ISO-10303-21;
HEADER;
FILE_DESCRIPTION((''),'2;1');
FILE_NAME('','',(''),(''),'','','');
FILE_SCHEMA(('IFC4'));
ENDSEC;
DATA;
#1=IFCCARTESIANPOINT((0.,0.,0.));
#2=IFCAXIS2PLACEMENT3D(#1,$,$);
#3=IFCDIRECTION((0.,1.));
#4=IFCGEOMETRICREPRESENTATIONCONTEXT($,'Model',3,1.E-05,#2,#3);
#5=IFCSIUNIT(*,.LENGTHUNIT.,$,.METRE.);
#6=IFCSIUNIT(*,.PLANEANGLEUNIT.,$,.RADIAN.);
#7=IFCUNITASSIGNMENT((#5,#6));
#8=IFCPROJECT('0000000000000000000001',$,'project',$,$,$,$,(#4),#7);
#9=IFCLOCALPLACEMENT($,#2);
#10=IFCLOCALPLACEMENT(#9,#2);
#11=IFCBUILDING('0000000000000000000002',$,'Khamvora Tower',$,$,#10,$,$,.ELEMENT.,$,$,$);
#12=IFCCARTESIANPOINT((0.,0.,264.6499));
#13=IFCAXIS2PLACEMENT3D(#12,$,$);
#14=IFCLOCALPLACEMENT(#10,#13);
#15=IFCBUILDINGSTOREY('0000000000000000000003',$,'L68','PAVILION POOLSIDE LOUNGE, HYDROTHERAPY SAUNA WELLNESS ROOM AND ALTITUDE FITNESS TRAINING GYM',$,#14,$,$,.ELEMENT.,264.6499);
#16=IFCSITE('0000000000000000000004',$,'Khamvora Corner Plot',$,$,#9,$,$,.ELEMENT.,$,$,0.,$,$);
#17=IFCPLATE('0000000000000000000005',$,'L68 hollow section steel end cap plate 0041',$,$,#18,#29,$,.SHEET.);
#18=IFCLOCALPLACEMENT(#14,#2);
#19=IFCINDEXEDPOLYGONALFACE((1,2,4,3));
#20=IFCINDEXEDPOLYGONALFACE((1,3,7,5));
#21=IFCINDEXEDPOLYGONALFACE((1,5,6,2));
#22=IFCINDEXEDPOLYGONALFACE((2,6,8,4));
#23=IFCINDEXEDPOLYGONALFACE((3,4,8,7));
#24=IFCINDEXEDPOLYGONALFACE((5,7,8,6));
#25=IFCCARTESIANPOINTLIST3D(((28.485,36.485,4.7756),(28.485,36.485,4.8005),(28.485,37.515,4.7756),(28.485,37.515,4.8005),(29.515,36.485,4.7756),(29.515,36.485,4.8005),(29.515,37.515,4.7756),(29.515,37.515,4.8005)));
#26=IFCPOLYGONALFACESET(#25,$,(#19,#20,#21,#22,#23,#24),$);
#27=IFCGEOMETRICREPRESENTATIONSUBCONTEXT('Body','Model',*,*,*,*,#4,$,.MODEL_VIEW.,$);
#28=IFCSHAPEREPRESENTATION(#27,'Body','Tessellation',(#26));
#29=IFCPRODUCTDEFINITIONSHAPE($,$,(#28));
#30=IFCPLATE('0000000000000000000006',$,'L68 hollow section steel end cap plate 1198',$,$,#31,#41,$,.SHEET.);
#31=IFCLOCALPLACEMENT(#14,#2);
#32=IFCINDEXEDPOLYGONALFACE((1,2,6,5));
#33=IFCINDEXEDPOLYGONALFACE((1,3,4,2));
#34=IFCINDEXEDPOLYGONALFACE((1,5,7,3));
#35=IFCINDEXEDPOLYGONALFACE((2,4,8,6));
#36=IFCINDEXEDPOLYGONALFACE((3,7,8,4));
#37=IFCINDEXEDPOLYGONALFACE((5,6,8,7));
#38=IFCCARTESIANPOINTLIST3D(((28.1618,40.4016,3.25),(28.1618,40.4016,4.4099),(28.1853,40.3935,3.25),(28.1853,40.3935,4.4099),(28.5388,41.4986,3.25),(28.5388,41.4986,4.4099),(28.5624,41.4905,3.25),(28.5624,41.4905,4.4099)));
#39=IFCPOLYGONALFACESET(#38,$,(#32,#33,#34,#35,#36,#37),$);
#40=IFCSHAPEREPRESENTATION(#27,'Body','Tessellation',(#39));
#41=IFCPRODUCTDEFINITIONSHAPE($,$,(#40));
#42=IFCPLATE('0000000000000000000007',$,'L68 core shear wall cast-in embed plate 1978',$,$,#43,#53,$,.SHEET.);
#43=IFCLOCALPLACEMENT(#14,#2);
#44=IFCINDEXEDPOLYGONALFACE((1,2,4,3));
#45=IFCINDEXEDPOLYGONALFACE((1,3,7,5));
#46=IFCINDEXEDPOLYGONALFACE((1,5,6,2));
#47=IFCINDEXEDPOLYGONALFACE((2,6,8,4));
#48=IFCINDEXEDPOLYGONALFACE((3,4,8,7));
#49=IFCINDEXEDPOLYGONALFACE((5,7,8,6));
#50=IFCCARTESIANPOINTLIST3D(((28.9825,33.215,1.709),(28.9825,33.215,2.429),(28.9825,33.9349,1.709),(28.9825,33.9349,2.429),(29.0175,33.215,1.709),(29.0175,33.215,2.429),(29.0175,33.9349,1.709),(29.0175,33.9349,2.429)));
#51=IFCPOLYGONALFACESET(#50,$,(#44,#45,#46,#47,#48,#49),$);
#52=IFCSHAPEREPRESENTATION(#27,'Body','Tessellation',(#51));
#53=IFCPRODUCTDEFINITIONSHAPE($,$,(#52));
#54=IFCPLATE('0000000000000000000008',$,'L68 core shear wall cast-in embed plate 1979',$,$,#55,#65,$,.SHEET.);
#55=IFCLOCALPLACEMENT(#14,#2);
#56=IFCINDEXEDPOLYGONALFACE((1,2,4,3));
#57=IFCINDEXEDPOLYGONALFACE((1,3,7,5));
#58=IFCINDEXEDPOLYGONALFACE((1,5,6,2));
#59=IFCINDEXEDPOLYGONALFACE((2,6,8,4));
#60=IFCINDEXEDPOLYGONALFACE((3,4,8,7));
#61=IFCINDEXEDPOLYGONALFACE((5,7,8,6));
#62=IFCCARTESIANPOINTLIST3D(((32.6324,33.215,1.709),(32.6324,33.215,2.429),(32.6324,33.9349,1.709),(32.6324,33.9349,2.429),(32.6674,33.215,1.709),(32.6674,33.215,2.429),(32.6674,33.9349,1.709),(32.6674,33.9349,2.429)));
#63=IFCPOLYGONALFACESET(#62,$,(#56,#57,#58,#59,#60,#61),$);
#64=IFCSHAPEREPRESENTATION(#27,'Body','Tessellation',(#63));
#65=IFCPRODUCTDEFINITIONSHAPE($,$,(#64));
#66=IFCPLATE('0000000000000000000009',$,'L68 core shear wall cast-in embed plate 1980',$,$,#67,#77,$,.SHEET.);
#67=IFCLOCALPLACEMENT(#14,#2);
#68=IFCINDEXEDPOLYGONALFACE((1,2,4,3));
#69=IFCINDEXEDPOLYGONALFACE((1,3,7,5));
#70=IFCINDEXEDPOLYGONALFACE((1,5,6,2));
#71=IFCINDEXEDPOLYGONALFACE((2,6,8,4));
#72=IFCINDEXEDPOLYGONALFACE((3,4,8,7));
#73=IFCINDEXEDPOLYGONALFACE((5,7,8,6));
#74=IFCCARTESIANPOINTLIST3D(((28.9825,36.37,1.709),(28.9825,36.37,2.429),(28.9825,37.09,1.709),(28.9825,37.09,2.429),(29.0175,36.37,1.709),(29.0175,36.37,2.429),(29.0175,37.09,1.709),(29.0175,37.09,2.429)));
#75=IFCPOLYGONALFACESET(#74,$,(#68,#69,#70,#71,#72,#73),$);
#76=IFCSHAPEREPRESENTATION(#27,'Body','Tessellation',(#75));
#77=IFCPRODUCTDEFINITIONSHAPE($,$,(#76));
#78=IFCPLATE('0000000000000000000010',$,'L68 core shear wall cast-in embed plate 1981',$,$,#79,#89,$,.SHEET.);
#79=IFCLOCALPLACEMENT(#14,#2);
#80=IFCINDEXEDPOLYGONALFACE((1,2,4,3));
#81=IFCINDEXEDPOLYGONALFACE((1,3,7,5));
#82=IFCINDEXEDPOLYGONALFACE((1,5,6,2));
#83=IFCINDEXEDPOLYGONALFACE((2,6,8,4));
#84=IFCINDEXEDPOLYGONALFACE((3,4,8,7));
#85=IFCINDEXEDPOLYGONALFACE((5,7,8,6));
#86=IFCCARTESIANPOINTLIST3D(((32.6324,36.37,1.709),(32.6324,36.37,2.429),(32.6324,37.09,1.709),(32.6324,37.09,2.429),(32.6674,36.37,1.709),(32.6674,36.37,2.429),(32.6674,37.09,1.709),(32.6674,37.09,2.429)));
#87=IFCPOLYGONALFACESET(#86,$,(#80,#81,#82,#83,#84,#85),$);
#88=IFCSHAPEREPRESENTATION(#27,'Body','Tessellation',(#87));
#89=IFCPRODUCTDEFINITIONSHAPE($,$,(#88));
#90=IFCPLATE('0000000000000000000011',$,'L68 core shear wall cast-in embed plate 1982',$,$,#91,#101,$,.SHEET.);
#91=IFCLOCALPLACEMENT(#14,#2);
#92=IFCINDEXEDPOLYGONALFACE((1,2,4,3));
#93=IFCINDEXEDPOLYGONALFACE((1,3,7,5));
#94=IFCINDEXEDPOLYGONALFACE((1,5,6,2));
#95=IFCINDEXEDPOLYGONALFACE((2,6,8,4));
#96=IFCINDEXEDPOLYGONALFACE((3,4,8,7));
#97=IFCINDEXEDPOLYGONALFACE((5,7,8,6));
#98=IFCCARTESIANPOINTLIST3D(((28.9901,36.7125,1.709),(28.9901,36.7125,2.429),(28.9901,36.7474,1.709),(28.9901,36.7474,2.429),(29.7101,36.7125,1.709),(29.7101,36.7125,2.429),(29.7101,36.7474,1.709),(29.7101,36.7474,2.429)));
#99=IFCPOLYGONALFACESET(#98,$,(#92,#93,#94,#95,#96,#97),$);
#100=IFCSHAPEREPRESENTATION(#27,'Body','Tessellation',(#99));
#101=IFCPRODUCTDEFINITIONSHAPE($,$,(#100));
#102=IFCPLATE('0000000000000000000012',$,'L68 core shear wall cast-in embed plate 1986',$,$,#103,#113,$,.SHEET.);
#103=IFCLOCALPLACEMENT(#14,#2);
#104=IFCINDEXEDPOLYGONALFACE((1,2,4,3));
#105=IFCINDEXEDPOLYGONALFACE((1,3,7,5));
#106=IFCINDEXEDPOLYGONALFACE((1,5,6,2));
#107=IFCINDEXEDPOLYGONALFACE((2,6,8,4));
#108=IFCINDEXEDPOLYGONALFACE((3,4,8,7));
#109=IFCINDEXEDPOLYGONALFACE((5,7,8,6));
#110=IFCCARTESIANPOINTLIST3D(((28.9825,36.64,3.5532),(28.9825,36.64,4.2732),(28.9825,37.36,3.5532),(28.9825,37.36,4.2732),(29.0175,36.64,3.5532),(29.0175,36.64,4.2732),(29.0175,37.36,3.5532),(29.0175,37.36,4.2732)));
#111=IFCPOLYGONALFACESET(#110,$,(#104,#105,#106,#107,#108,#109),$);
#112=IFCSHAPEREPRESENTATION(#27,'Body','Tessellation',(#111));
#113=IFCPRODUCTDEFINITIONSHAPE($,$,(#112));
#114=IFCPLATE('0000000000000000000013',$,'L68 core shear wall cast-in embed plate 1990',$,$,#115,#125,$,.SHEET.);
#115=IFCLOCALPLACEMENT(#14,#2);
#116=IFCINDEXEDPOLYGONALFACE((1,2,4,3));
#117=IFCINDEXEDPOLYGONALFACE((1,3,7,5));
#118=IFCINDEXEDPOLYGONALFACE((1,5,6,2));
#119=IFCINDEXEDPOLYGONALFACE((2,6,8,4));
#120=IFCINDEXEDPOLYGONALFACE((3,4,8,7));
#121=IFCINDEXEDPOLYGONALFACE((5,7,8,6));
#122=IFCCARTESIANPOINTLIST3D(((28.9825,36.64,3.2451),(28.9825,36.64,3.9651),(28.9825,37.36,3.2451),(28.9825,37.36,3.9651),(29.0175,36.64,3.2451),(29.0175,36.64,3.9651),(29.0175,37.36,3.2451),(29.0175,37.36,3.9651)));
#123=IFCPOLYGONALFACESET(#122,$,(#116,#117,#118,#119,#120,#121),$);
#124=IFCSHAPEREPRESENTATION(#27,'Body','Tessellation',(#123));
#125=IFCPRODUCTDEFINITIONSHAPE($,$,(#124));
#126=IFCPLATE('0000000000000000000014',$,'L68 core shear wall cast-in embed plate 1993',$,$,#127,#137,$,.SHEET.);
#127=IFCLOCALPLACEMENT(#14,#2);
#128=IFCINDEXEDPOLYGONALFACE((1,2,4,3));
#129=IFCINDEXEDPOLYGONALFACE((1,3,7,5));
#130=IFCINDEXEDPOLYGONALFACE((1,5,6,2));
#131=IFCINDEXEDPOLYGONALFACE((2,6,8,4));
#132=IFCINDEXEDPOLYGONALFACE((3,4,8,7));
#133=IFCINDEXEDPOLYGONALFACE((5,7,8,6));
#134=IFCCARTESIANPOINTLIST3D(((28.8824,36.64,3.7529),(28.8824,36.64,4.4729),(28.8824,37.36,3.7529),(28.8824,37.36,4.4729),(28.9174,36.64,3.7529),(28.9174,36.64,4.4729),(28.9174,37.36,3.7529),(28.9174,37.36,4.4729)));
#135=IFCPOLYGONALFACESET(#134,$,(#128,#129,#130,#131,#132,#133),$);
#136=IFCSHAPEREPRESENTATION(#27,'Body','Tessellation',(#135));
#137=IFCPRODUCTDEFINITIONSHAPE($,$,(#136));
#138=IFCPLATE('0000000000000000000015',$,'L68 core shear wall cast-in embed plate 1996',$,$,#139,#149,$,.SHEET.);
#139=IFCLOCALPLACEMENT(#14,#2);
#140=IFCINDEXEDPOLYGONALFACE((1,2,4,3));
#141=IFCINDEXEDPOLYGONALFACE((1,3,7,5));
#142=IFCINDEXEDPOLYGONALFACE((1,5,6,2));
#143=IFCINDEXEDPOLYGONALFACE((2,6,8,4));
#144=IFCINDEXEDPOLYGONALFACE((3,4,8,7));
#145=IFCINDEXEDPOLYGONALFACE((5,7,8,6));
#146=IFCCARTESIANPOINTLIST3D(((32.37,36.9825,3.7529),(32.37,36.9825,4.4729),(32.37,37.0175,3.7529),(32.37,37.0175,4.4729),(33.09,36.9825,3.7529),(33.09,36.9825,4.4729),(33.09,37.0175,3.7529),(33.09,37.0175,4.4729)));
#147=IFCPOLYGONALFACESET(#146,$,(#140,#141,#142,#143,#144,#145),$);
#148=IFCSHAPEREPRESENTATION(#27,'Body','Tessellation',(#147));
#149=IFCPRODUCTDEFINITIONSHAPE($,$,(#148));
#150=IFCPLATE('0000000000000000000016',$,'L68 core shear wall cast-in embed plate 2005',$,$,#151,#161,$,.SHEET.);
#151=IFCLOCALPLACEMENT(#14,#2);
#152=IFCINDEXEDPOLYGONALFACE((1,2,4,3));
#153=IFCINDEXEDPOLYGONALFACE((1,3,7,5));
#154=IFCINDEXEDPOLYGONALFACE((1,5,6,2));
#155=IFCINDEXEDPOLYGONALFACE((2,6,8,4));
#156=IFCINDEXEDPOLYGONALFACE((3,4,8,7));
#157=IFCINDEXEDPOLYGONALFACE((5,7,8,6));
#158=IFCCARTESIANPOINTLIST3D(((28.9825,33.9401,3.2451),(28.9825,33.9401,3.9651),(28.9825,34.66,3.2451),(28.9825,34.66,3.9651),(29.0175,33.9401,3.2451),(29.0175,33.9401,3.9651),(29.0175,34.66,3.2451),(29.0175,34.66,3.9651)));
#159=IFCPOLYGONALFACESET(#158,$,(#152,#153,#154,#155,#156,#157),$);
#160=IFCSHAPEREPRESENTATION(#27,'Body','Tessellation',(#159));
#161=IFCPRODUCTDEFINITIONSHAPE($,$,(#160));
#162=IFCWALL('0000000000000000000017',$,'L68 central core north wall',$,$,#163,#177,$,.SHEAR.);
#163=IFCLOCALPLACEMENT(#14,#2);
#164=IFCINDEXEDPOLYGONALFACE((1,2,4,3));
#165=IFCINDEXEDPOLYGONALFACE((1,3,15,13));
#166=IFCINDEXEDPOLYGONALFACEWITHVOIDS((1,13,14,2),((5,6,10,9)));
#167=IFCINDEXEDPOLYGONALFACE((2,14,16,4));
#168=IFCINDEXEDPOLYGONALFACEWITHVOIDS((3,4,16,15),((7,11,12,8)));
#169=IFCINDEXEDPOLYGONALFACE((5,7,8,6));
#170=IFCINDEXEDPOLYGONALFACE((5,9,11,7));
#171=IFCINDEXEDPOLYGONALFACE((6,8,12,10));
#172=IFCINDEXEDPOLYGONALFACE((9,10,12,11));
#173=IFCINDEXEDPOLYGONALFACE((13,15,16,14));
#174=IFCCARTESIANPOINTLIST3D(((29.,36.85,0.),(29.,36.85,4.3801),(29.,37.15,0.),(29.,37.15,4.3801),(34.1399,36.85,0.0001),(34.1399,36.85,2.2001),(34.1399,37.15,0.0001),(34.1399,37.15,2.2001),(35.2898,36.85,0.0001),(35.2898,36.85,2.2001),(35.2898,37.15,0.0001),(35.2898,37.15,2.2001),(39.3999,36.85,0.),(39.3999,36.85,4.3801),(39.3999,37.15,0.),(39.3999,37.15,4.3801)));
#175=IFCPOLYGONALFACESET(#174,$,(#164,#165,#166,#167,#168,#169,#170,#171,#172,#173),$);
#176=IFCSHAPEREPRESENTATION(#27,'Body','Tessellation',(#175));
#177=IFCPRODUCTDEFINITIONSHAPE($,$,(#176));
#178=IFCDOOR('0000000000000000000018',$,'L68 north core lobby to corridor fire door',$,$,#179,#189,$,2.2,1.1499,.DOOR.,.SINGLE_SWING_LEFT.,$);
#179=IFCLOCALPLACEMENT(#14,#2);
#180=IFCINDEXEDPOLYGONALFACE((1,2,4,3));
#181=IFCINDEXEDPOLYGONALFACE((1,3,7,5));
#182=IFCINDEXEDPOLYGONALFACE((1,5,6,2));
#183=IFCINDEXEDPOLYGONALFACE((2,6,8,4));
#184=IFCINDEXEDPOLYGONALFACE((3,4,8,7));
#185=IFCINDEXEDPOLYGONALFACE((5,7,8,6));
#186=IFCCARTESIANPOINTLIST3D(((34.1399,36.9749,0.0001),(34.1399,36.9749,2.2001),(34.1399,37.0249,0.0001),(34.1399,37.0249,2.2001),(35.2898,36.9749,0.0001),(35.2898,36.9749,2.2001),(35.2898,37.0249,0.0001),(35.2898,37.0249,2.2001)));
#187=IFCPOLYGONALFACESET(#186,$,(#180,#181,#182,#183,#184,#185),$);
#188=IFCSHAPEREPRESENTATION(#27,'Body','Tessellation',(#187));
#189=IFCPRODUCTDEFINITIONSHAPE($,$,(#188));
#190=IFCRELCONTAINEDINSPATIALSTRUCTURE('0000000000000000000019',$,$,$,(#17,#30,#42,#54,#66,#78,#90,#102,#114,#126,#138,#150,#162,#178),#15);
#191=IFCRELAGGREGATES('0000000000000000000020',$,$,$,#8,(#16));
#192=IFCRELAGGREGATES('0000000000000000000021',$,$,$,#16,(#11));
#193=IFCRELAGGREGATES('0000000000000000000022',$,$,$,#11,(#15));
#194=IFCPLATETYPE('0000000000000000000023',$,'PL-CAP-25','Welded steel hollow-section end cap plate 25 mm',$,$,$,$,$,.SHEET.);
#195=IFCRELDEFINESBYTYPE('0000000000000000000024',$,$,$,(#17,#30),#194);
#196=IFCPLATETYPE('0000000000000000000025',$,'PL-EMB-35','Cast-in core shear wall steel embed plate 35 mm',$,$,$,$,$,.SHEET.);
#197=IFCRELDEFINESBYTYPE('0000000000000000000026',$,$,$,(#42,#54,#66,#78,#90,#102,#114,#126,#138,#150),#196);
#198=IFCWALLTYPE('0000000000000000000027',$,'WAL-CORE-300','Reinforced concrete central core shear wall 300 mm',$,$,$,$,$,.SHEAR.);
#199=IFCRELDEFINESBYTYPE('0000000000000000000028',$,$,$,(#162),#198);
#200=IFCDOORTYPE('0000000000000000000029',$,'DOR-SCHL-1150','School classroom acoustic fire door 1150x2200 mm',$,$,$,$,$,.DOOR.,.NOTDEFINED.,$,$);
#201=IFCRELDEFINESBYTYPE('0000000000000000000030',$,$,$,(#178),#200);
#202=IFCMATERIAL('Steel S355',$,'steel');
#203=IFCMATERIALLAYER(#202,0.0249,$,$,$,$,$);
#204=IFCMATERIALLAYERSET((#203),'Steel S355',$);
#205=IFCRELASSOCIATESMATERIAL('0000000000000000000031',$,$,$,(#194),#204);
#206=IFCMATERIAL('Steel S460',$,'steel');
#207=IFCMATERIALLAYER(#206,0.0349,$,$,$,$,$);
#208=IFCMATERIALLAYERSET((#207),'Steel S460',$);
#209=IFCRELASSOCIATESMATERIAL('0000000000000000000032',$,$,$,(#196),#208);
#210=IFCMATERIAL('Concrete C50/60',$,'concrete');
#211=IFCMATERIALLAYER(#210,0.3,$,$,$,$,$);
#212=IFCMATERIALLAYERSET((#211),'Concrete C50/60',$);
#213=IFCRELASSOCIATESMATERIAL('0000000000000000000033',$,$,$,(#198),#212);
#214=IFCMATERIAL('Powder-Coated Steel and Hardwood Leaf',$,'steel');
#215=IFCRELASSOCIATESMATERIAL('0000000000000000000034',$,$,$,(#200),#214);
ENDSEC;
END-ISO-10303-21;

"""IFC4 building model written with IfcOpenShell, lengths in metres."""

from ifc_helpers import new_model, si_unit, direction, frame, frame_2d, origin, origin_2d, place, context, subcontext, project, spatial, rectangle, extrude, material, layer, layer_set, type_object, element, fill, save


model = new_model("IFC4")

# Units and contexts
model_context = context("Model", 3, precision=1e-05, world=origin(), true_north=direction((0.0, 1.0)))
body_context = subcontext(model_context, "Body", "Model", "MODEL_VIEW")
ifc_project = project(units=[si_unit("LENGTHUNIT", "METRE"), si_unit("PLANEANGLEUNIT", "RADIAN")], contexts=[model_context])

# Site, building, storey
site_placement = place(None, origin())
site = spatial("IfcSite", under=ifc_project, at=site_placement, Name="Khamvora Corner Plot", CompositionType="ELEMENT", RefElevation=0.0)
building_placement = place(site_placement, origin())
building = spatial("IfcBuilding", under=site, at=building_placement, Name="Khamvora Tower", CompositionType="ELEMENT")
storey_placement = place(building_placement, frame((0.0, 0.0, 264.6499)))
storey = spatial("IfcBuildingStorey", under=building, at=storey_placement, Name="L68", Description="PAVILION POOLSIDE LOUNGE, HYDROTHERAPY SAUNA WELLNESS ROOM AND ALTITUDE FITNESS TRAINING GYM", CompositionType="ELEMENT", Elevation=264.6499)

# Shared definitions
ifc_material_1 = material(Name="Steel S355", Category="steel")
ifc_material_2 = material(Name="Steel S460", Category="steel")

# Plates
ifc_layer_1 = layer(ifc_material_1, 0.0249)
ifc_layer_set_1 = layer_set([ifc_layer_1], Name="Steel S355")
plate_type_1 = type_object("IfcPlateType", Name="PL-CAP-25", Description="Welded steel hollow-section end cap plate 25 mm", PredefinedType="SHEET", material=ifc_layer_set_1)
plate_1_placement = place(storey_placement, frame((29.0, 37.0, 4.7756), z_axis=(0.0, 0.0, 1.0), x_axis=(1.0, 0.0, 0.0)))
element("IfcPlate", 1, at=plate_1_placement, inside=storey, type_object=plate_type_1, Name="L68 hollow section steel end cap plate 0041", PredefinedType="SHEET", context=body_context, shape_type="SweptSolid", body=[
    extrude(rectangle(XDim=1.03, YDim=1.03, at=origin_2d()), origin(), (0.0, 0.0, 1.0), 0.0249),
])
plate_2_placement = place(storey_placement, frame((28.3621, 40.946, 3.25), z_axis=(0.0, 0.0, 1.0), x_axis=(0.945689, -0.325073, 0.0)))
element("IfcPlate", 2, at=plate_2_placement, inside=storey, type_object=plate_type_1, Name="L68 hollow section steel end cap plate 1198", PredefinedType="SHEET", context=body_context, shape_type="SweptSolid", body=[
    extrude(rectangle(XDim=0.0249, YDim=1.1599, at=origin_2d()), origin(), (0.0, 0.0, 1.0), 1.1599),
])
ifc_layer_2 = layer(ifc_material_2, 0.0349)
ifc_layer_set_2 = layer_set([ifc_layer_2], Name="Steel S460")
plate_type_2 = type_object("IfcPlateType", Name="PL-EMB-35", Description="Cast-in core shear wall steel embed plate 35 mm", PredefinedType="SHEET", material=ifc_layer_set_2)
for number, where, z_axis, x_axis, name in (
    (3, (29.0, 33.575, 1.709), (0.0, 0.0, 1.0), (1.0, 0.0, 0.0), "L68 core shear wall cast-in embed plate 1978"),
    (4, (32.6499, 33.575, 1.709), (0.0, 0.0, 1.0), (1.0, 0.0, 0.0), "L68 core shear wall cast-in embed plate 1979"),
    (5, (29.0, 36.73, 1.709), (0.0, 0.0, 1.0), (1.0, 0.0, 0.0), "L68 core shear wall cast-in embed plate 1980"),
    (6, (32.6499, 36.73, 1.709), (0.0, 0.0, 1.0), (1.0, 0.0, 0.0), "L68 core shear wall cast-in embed plate 1981"),
):
    element("IfcPlate", number, at=place(storey_placement, frame(where, z_axis=z_axis, x_axis=x_axis)), inside=storey, type_object=plate_type_2, Name=name, PredefinedType="SHEET", context=body_context, shape_type="SweptSolid", body=[
        extrude(rectangle(XDim=0.0349, YDim=0.72, at=origin_2d()), origin(), (0.0, 0.0, 1.0), 0.72),
    ])
plate_3_placement = place(storey_placement, frame((29.3501, 36.73, 1.709), z_axis=(0.0, 0.0, 1.0), x_axis=(1.0, 0.0, 0.0)))
element("IfcPlate", 7, at=plate_3_placement, inside=storey, type_object=plate_type_2, Name="L68 core shear wall cast-in embed plate 1982", PredefinedType="SHEET", context=body_context, shape_type="SweptSolid", body=[
    extrude(rectangle(XDim=0.72, YDim=0.0349, at=origin_2d()), origin(), (0.0, 0.0, 1.0), 0.72),
])
for number, where, z_axis, x_axis, name in (
    (8, (29.0, 37.0, 3.5532), (0.0, 0.0, 1.0), (1.0, 0.0, 0.0), "L68 core shear wall cast-in embed plate 1986"),
    (9, (29.0, 37.0, 3.2451), (0.0, 0.0, 1.0), (1.0, 0.0, 0.0), "L68 core shear wall cast-in embed plate 1990"),
    (10, (28.8999, 37.0, 3.7529), (0.0, 0.0, 1.0), (1.0, 0.0, 0.0), "L68 core shear wall cast-in embed plate 1993"),
):
    element("IfcPlate", number, at=place(storey_placement, frame(where, z_axis=z_axis, x_axis=x_axis)), inside=storey, type_object=plate_type_2, Name=name, PredefinedType="SHEET", context=body_context, shape_type="SweptSolid", body=[
        extrude(rectangle(XDim=0.0349, YDim=0.72, at=origin_2d()), origin(), (0.0, 0.0, 1.0), 0.72),
    ])
plate_4_placement = place(storey_placement, frame((32.73, 37.0, 3.7529), z_axis=(0.0, 0.0, 1.0), x_axis=(1.0, 0.0, 0.0)))
element("IfcPlate", 11, at=plate_4_placement, inside=storey, type_object=plate_type_2, Name="L68 core shear wall cast-in embed plate 1996", PredefinedType="SHEET", context=body_context, shape_type="SweptSolid", body=[
    extrude(rectangle(XDim=0.72, YDim=0.0349, at=origin_2d()), origin(), (0.0, 0.0, 1.0), 0.72),
])
plate_5_placement = place(storey_placement, frame((29.0, 34.3, 3.2451), z_axis=(0.0, 0.0, 1.0), x_axis=(1.0, 0.0, 0.0)))
element("IfcPlate", 12, at=plate_5_placement, inside=storey, type_object=plate_type_2, Name="L68 core shear wall cast-in embed plate 2005", PredefinedType="SHEET", context=body_context, shape_type="SweptSolid", body=[
    extrude(rectangle(XDim=0.0349, YDim=0.72, at=origin_2d()), origin(), (0.0, 0.0, 1.0), 0.72),
])

# Wall, opening, door
ifc_material_3 = material(Name="Concrete C50/60", Category="concrete")
ifc_layer_3 = layer(ifc_material_3, 0.3)
ifc_layer_set_3 = layer_set([ifc_layer_3], Name="Concrete C50/60")
wall_type = type_object("IfcWallType", Name="WAL-CORE-300", Description="Reinforced concrete central core shear wall 300 mm", PredefinedType="SHEAR", material=ifc_layer_set_3)
wall_placement = place(storey_placement, frame((29.0, 37.0, 0.0), z_axis=(0.0, 0.0, 1.0), x_axis=(1.0, 0.0, 0.0)))
wall = element("IfcWall", 13, at=wall_placement, inside=storey, type_object=wall_type, Name="L68 central core north wall", PredefinedType="SHEAR", context=body_context, shape_type="SweptSolid", body=[
    extrude(rectangle(XDim=10.3999, YDim=0.3, at=frame_2d((5.2, 0.0))), origin(), (0.0, 0.0, 1.0), 4.3801),
])
opening_placement = place(wall_placement, frame((5.1399, 0.0, 0.0)))
opening = element("IfcOpeningElement", 14, at=opening_placement, cuts=wall, PredefinedType="OPENING", context=body_context, shape_type="SweptSolid", body=[
    extrude(rectangle(XDim=1.1499, YDim=2.2, at=frame_2d((0.575, 1.1001))), frame((0.0, 0.1599, 0.0), z_axis=(0.0, -1.0, 0.0), x_axis=(1.0, 0.0, 0.0)), (0.0, 0.0, 1.0), 0.3201),
])
ifc_material_4 = material(Name="Powder-Coated Steel and Hardwood Leaf", Category="steel")
door_type = type_object("IfcDoorType", Name="DOR-SCHL-1150", Description="School classroom acoustic fire door 1150x2200 mm", OperationType="NOTDEFINED", PredefinedType="DOOR", material=ifc_material_4)
door_placement = place(opening_placement, origin())
door = element("IfcDoor", 15, at=door_placement, inside=storey, type_object=door_type, Name="L68 north core lobby to corridor fire door", OperationType="SINGLE_SWING_LEFT", OverallHeight=2.2, OverallWidth=1.1499, PredefinedType="DOOR", context=body_context, shape_type="SweptSolid", body=[
    extrude(rectangle(XDim=1.1499, YDim=2.2, at=frame_2d((0.575, 1.1001))), frame((0.0, 0.0249, 0.0), z_axis=(0.0, -1.0, 0.0), x_axis=(1.0, 0.0, 0.0)), (0.0, 0.0, 1.0), 0.05),
])
fill(opening, door)

save(model, "model.ifc")
